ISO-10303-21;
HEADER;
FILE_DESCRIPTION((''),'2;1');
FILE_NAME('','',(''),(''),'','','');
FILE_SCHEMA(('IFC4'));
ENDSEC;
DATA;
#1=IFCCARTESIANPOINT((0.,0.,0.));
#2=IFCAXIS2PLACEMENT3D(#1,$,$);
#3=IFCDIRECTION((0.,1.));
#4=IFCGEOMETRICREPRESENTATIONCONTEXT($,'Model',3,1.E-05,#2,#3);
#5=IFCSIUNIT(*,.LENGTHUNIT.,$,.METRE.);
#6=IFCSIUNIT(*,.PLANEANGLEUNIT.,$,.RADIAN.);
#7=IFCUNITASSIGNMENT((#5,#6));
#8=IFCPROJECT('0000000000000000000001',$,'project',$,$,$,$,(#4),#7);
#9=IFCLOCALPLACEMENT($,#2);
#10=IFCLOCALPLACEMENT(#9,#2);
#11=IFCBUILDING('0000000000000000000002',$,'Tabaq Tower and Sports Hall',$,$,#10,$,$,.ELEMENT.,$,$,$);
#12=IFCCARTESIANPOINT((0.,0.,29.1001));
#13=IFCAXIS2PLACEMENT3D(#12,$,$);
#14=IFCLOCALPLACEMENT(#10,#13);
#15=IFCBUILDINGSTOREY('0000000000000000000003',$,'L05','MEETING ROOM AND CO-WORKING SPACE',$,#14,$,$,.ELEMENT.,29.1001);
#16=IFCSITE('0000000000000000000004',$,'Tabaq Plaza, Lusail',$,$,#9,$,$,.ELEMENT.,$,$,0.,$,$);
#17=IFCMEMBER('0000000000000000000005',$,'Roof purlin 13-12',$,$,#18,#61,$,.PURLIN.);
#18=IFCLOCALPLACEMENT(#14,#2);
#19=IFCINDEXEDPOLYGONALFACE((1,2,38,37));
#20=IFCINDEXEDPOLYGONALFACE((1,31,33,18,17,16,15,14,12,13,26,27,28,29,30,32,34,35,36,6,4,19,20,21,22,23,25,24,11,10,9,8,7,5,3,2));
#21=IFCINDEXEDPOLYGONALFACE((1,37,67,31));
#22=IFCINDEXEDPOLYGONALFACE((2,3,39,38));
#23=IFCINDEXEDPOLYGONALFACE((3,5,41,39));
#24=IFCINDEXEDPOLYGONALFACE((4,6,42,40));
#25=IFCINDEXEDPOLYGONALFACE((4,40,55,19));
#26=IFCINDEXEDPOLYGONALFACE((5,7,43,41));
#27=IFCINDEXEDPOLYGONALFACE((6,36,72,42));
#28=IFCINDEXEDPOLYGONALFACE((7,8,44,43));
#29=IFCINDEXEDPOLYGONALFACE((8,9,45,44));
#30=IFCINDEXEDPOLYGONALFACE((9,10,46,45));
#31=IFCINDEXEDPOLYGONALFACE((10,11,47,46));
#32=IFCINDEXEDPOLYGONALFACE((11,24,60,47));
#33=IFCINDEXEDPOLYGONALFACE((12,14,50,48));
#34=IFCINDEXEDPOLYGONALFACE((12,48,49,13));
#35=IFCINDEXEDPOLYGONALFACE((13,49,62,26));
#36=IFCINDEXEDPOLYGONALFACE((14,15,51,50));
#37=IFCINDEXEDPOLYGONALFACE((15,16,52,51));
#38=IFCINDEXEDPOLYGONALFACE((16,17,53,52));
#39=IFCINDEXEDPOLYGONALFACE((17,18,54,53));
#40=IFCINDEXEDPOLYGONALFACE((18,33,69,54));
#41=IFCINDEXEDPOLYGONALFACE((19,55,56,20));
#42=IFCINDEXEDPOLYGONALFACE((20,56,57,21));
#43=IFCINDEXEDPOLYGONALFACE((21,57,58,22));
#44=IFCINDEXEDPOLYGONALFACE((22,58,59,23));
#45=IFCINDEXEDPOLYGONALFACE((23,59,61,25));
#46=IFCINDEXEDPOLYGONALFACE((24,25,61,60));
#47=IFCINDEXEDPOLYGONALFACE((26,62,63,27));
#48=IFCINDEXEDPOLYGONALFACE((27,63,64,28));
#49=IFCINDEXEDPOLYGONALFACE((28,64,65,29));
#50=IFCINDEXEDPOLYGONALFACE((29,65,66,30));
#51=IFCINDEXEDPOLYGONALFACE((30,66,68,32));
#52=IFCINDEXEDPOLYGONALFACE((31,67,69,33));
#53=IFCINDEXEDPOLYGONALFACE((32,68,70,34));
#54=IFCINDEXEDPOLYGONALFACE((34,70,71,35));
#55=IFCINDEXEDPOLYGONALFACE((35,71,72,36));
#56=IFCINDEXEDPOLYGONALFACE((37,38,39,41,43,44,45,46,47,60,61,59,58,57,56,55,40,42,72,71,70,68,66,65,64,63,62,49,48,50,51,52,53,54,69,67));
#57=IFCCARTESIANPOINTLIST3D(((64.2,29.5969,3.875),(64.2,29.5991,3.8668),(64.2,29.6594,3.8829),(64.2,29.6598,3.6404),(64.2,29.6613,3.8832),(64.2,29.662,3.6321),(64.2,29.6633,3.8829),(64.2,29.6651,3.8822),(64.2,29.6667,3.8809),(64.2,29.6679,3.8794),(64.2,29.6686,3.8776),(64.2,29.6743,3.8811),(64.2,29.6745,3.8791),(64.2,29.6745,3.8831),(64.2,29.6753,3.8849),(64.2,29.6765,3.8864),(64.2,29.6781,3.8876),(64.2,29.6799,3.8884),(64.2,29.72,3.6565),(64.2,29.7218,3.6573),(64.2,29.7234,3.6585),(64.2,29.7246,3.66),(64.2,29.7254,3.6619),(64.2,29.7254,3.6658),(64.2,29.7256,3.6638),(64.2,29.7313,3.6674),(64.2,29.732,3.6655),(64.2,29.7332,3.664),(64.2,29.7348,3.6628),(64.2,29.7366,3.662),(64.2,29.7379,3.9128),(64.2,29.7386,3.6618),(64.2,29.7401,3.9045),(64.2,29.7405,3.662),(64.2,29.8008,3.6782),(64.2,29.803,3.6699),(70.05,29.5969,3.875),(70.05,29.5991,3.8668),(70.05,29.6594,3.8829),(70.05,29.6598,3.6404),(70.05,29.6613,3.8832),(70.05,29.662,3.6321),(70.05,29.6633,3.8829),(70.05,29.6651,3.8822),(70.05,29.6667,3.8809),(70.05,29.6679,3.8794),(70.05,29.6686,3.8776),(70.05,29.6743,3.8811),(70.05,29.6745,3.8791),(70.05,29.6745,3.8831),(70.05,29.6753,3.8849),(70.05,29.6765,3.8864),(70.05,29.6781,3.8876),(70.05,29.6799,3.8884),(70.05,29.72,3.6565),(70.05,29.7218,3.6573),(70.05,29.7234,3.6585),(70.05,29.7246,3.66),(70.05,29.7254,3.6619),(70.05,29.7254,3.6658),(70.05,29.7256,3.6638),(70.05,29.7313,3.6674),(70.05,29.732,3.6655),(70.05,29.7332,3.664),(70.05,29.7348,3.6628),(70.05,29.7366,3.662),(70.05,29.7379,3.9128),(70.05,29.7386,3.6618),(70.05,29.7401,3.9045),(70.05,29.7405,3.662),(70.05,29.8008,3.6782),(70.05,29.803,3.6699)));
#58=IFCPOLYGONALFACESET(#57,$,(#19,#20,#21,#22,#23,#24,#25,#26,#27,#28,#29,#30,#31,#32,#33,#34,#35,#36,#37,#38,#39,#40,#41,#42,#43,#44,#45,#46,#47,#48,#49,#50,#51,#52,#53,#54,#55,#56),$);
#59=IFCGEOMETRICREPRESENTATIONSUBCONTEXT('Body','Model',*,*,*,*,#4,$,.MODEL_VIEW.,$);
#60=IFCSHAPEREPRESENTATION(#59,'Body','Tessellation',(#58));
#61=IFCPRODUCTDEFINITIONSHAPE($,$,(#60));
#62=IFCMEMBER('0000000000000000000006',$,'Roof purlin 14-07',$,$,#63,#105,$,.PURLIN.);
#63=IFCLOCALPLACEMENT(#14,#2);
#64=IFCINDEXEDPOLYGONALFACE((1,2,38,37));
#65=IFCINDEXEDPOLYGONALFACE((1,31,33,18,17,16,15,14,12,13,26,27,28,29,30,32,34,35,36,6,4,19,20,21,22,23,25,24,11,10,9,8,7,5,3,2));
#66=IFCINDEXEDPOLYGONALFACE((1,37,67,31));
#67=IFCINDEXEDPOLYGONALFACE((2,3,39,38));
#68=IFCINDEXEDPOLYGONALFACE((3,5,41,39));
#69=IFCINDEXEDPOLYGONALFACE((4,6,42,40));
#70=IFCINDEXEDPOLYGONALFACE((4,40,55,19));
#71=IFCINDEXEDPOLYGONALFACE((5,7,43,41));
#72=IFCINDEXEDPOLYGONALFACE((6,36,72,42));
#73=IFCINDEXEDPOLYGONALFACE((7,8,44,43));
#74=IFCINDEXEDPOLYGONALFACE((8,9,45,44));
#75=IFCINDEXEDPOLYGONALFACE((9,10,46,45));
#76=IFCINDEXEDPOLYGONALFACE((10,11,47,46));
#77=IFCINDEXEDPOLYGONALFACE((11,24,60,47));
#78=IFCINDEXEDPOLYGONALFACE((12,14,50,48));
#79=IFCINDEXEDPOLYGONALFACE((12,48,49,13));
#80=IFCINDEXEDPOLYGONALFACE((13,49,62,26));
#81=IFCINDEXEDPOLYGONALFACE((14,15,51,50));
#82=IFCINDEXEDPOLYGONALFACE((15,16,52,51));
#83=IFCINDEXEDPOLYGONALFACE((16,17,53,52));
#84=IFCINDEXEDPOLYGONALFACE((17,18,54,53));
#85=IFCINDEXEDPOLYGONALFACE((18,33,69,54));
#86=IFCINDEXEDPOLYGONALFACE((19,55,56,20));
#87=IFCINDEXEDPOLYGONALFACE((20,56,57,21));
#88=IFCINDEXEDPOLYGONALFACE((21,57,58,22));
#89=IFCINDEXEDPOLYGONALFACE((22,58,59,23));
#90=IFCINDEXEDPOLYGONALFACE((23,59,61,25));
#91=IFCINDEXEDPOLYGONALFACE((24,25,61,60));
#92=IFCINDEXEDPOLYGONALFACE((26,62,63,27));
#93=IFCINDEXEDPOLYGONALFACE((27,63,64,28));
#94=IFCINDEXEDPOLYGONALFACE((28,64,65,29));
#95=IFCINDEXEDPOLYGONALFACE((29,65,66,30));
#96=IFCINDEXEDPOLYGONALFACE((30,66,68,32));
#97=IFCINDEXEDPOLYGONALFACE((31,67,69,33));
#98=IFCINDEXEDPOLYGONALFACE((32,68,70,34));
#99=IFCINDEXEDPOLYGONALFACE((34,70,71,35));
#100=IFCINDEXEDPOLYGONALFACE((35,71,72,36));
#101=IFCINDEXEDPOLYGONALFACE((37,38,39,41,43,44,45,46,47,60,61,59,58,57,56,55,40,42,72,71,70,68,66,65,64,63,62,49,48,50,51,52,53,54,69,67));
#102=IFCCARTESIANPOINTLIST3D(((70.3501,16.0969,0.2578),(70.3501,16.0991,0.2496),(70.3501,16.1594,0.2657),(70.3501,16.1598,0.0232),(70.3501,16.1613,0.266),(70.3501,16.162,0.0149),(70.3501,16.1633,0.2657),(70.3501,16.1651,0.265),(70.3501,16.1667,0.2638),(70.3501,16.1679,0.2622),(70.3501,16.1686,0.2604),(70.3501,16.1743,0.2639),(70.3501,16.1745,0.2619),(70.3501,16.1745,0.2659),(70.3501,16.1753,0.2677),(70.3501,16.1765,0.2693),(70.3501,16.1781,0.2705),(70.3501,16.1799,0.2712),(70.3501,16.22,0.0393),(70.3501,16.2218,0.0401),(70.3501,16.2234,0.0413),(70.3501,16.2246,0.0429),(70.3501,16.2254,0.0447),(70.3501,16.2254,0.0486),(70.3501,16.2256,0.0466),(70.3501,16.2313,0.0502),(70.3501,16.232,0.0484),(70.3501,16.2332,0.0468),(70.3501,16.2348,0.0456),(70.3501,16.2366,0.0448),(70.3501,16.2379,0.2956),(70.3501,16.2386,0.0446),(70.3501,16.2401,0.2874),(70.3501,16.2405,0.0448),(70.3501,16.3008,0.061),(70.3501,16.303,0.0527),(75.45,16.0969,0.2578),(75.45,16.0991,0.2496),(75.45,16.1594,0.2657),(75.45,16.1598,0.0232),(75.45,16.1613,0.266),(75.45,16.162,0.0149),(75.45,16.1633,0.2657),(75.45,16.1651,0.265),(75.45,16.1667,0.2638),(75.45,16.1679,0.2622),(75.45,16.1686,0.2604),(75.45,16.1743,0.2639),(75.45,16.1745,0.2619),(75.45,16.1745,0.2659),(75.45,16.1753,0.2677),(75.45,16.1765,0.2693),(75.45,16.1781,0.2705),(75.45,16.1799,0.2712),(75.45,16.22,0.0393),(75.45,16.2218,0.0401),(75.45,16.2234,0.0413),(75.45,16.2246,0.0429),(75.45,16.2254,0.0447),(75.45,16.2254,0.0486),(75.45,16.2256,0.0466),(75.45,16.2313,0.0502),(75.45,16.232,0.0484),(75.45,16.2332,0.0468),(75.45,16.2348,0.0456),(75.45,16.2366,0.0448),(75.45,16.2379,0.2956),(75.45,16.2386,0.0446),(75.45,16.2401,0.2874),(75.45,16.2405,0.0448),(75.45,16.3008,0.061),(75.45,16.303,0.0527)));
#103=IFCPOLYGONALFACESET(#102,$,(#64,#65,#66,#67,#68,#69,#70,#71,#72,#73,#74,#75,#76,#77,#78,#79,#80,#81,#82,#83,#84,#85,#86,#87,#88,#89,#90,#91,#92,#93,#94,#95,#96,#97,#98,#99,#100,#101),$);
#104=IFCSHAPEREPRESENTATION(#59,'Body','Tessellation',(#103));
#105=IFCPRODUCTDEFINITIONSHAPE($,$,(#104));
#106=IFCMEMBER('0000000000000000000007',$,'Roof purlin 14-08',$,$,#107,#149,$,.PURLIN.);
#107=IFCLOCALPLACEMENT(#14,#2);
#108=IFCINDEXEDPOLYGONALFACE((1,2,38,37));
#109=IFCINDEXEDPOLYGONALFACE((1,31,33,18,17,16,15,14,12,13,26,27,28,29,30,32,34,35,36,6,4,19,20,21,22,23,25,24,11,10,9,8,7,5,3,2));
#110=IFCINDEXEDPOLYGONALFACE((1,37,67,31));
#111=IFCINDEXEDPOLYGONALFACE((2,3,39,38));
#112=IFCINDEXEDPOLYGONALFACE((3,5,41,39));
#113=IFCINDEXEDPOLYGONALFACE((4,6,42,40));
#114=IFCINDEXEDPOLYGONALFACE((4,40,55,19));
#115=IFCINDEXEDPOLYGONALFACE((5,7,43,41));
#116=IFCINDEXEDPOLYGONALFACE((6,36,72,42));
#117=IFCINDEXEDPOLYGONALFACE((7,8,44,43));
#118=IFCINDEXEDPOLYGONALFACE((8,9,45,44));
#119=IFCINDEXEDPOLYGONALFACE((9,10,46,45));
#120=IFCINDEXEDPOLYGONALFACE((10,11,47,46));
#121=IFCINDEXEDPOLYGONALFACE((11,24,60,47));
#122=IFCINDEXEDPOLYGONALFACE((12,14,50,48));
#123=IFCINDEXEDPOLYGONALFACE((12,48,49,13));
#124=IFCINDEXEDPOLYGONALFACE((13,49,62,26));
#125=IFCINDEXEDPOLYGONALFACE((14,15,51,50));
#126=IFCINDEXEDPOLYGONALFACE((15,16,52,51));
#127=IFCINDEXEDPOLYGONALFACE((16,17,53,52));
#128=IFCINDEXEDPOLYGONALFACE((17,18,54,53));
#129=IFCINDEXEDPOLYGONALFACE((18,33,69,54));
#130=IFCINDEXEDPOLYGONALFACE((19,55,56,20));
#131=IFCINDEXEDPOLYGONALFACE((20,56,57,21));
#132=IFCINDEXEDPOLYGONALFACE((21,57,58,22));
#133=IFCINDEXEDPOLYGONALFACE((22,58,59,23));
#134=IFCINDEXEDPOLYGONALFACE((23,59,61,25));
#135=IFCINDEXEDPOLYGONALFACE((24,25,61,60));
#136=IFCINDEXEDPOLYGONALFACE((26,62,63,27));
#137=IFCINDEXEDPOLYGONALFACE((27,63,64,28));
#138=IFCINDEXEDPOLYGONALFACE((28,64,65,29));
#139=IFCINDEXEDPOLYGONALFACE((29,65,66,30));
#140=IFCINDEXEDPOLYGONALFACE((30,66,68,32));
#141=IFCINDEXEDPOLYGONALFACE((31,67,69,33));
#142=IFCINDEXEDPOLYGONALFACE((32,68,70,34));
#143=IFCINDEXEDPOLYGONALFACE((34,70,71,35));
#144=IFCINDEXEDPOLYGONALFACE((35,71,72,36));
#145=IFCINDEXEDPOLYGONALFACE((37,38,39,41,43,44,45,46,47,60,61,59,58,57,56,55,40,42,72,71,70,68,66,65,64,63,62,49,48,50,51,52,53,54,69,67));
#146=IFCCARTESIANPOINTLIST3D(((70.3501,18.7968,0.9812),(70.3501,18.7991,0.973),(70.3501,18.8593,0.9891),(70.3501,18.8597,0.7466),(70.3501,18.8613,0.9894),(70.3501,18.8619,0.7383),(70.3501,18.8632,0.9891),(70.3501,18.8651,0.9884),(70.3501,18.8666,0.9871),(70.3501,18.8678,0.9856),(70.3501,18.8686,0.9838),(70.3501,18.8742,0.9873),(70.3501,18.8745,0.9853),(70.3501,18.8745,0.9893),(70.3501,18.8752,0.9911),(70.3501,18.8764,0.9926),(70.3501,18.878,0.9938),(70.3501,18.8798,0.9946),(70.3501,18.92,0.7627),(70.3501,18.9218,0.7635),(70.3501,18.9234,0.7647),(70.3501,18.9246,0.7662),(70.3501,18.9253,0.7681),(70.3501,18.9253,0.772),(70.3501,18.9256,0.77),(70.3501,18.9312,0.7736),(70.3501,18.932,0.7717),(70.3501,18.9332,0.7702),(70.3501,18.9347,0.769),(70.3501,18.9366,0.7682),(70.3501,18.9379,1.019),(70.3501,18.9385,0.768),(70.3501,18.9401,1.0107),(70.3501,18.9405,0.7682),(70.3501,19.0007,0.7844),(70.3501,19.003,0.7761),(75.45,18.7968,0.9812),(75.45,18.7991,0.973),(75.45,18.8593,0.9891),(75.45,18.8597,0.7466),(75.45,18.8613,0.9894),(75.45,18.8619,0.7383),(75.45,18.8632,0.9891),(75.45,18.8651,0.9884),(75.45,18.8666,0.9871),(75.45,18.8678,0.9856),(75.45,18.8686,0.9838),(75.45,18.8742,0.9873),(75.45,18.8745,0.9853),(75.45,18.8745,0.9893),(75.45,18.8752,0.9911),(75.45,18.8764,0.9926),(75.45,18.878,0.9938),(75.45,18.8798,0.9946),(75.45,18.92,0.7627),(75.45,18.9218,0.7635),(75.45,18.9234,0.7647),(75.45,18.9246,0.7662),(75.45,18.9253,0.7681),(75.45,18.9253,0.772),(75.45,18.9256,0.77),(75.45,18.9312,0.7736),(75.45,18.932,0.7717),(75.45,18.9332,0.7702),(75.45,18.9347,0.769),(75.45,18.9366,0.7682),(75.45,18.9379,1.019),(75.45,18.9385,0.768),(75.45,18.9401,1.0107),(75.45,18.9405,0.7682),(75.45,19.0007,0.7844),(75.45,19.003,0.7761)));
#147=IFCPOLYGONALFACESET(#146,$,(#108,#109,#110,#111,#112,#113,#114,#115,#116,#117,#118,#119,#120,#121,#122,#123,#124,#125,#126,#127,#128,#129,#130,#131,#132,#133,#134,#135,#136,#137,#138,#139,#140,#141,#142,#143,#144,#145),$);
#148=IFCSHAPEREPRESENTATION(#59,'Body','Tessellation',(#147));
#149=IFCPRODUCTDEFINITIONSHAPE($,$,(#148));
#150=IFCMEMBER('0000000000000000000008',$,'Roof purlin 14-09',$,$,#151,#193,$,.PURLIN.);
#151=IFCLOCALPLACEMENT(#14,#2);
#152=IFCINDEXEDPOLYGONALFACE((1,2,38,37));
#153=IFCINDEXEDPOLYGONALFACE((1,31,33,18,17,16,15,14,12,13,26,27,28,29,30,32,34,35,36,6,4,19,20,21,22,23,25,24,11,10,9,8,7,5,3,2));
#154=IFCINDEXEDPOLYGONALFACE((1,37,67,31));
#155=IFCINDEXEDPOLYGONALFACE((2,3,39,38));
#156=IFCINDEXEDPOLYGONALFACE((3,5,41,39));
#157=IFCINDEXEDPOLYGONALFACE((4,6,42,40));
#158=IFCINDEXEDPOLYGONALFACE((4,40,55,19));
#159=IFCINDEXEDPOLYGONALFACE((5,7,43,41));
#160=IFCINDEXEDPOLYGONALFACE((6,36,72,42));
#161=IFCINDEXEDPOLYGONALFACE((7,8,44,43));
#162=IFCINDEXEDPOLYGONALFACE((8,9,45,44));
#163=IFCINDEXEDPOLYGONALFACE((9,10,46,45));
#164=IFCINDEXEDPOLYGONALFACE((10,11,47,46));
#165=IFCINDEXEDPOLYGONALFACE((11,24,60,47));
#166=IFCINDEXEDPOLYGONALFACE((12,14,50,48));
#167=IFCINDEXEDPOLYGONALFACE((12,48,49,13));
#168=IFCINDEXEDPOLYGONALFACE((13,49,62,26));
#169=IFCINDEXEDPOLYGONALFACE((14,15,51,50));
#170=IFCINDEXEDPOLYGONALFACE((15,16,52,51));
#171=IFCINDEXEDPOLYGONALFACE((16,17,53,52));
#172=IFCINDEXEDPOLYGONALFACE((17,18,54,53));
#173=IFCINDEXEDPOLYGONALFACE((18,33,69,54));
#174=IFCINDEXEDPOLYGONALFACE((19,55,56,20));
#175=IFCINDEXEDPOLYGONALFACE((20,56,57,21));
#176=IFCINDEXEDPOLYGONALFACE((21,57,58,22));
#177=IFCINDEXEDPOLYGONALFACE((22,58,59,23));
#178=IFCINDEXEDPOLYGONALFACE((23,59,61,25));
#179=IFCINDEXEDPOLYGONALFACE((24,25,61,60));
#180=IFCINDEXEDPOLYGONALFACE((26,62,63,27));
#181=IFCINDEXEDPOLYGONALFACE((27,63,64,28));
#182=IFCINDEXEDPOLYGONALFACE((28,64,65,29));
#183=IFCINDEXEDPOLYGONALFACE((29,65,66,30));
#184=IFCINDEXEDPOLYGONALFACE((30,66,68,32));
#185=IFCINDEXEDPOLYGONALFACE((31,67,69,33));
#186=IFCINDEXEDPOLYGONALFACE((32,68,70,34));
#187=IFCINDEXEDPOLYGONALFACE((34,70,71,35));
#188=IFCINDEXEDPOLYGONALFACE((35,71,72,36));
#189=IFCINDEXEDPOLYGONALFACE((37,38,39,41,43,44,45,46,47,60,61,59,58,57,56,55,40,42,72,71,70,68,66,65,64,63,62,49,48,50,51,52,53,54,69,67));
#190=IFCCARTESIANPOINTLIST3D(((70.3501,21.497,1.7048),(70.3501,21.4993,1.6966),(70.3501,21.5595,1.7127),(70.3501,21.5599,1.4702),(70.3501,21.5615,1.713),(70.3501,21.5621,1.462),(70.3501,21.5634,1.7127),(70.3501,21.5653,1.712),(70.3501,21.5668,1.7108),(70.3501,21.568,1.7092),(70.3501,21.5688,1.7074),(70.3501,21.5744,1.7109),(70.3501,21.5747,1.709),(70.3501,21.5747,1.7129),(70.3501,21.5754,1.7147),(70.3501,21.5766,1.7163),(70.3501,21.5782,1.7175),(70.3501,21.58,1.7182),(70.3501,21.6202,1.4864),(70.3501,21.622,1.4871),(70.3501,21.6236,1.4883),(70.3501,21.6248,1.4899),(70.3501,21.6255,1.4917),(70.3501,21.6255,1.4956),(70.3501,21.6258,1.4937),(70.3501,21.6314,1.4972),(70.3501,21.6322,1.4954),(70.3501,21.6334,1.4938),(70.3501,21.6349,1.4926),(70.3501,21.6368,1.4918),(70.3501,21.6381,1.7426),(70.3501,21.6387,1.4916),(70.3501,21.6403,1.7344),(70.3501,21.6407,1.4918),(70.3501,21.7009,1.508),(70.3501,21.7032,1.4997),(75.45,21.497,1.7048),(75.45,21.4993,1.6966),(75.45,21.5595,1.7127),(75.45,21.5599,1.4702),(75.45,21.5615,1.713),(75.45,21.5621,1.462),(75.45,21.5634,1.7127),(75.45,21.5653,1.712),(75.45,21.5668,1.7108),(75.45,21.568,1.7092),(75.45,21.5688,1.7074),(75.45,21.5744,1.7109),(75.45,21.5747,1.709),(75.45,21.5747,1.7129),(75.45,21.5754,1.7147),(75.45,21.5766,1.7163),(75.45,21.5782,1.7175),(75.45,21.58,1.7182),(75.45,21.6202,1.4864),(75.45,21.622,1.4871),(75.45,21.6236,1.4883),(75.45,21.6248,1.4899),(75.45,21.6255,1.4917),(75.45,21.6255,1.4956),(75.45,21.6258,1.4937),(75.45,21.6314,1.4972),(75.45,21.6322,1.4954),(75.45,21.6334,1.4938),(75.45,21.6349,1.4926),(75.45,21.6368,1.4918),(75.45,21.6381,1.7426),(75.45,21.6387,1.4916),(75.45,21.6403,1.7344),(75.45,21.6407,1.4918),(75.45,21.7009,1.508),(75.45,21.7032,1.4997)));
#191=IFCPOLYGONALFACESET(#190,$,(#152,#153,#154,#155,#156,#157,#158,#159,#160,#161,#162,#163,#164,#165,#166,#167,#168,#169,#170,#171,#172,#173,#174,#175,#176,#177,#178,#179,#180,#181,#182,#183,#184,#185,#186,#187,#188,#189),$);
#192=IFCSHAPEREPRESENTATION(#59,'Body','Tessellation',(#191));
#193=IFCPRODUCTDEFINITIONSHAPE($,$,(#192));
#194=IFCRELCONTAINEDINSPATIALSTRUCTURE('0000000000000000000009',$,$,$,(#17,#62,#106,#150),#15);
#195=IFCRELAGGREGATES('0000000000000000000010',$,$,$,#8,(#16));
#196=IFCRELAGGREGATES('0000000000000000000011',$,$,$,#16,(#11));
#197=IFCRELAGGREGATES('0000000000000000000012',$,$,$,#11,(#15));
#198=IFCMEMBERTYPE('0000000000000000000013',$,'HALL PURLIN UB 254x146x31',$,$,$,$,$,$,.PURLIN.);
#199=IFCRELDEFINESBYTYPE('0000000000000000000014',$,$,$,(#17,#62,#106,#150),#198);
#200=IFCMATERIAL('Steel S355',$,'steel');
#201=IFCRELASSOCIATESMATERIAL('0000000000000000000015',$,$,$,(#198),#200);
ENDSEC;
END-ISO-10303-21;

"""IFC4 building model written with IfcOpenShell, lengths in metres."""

from ifc_helpers import new_model, si_unit, direction, frame, origin, origin_2d, place, context, subcontext, project, spatial, i_section, extrude, material, material_profile, profile_set, type_object, element, save


model = new_model("IFC4")

# Units and contexts
model_context = context("Model", 3, precision=1e-05, world=origin(), true_north=direction((0.0, 1.0)))
body_context = subcontext(model_context, "Body", "Model", "MODEL_VIEW")
ifc_project = project(units=[si_unit("LENGTHUNIT", "METRE"), si_unit("PLANEANGLEUNIT", "RADIAN")], contexts=[model_context])

# Site, building, storey
site_placement = place(None, origin())
site = spatial("IfcSite", under=ifc_project, at=site_placement, Name="Tabaq Plaza, Lusail", CompositionType="ELEMENT", RefElevation=0.0)
building_placement = place(site_placement, origin())
building = spatial("IfcBuilding", under=site, at=building_placement, Name="Tabaq Tower and Sports Hall", CompositionType="ELEMENT")
storey_placement = place(building_placement, frame((0.0, 0.0, 29.1001)))
storey = spatial("IfcBuildingStorey", under=building, at=storey_placement, Name="L05", Description="MEETING ROOM AND CO-WORKING SPACE", CompositionType="ELEMENT", Elevation=29.1001)

# Members
ifc_material_1 = material(Name="Steel S355", Category="steel")
ifc_material_profile_1 = material_profile(ifc_material_1, i_section(OverallWidth=0.146, OverallDepth=0.2515, WebThickness=0.0061, FlangeThickness=0.0085, FilletRadius=0.0076, at=origin_2d()), Name="UB 254x146x31")
ifc_profile_set_1 = profile_set([ifc_material_profile_1], Name="Steel S355")
member_type_1 = type_object("IfcMemberType", Name="HALL PURLIN UB 254x146x31", PredefinedType="PURLIN", material=ifc_profile_set_1)
for number, where, z_axis, x_axis, name in (
    (1, (64.2, 29.7, 3.7725), (1.0, 0.0, 0.0), (0.0, 0.965926, 0.258819), "Roof purlin 13-12"),
):
    element("IfcMember", number, at=place(storey_placement, frame(where, z_axis=z_axis, x_axis=x_axis)), inside=storey, type_object=member_type_1, Name=name, PredefinedType="PURLIN", context=body_context, shape_type="SweptSolid", body=[
        extrude(i_section(OverallWidth=0.146, OverallDepth=0.2515, WebThickness=0.0061, FlangeThickness=0.0085, FilletRadius=0.0076, at=origin_2d()), origin(), (0.0, 0.0, 1.0), 5.8501),
    ])
for number, where, z_axis, x_axis, name in (
    (2, (70.3501, 16.2, 0.1553), (1.0, 0.0, 0.0), (0.0, 0.965926, 0.258819), "Roof purlin 14-07"),
    (3, (70.3501, 18.8999, 0.8787), (1.0, 0.0, 0.0), (0.0, 0.965926, 0.258819), "Roof purlin 14-08"),
    (4, (70.3501, 21.6001, 1.6023), (1.0, 0.0, 0.0), (0.0, 0.965926, 0.258819), "Roof purlin 14-09"),
):
    element("IfcMember", number, at=place(storey_placement, frame(where, z_axis=z_axis, x_axis=x_axis)), inside=storey, type_object=member_type_1, Name=name, PredefinedType="PURLIN", context=body_context, shape_type="SweptSolid", body=[
        extrude(i_section(OverallWidth=0.146, OverallDepth=0.2515, WebThickness=0.0061, FlangeThickness=0.0085, FilletRadius=0.0076, at=origin_2d()), origin(), (0.0, 0.0, 1.0), 5.0999),
    ])

save(model, "model.ifc")
